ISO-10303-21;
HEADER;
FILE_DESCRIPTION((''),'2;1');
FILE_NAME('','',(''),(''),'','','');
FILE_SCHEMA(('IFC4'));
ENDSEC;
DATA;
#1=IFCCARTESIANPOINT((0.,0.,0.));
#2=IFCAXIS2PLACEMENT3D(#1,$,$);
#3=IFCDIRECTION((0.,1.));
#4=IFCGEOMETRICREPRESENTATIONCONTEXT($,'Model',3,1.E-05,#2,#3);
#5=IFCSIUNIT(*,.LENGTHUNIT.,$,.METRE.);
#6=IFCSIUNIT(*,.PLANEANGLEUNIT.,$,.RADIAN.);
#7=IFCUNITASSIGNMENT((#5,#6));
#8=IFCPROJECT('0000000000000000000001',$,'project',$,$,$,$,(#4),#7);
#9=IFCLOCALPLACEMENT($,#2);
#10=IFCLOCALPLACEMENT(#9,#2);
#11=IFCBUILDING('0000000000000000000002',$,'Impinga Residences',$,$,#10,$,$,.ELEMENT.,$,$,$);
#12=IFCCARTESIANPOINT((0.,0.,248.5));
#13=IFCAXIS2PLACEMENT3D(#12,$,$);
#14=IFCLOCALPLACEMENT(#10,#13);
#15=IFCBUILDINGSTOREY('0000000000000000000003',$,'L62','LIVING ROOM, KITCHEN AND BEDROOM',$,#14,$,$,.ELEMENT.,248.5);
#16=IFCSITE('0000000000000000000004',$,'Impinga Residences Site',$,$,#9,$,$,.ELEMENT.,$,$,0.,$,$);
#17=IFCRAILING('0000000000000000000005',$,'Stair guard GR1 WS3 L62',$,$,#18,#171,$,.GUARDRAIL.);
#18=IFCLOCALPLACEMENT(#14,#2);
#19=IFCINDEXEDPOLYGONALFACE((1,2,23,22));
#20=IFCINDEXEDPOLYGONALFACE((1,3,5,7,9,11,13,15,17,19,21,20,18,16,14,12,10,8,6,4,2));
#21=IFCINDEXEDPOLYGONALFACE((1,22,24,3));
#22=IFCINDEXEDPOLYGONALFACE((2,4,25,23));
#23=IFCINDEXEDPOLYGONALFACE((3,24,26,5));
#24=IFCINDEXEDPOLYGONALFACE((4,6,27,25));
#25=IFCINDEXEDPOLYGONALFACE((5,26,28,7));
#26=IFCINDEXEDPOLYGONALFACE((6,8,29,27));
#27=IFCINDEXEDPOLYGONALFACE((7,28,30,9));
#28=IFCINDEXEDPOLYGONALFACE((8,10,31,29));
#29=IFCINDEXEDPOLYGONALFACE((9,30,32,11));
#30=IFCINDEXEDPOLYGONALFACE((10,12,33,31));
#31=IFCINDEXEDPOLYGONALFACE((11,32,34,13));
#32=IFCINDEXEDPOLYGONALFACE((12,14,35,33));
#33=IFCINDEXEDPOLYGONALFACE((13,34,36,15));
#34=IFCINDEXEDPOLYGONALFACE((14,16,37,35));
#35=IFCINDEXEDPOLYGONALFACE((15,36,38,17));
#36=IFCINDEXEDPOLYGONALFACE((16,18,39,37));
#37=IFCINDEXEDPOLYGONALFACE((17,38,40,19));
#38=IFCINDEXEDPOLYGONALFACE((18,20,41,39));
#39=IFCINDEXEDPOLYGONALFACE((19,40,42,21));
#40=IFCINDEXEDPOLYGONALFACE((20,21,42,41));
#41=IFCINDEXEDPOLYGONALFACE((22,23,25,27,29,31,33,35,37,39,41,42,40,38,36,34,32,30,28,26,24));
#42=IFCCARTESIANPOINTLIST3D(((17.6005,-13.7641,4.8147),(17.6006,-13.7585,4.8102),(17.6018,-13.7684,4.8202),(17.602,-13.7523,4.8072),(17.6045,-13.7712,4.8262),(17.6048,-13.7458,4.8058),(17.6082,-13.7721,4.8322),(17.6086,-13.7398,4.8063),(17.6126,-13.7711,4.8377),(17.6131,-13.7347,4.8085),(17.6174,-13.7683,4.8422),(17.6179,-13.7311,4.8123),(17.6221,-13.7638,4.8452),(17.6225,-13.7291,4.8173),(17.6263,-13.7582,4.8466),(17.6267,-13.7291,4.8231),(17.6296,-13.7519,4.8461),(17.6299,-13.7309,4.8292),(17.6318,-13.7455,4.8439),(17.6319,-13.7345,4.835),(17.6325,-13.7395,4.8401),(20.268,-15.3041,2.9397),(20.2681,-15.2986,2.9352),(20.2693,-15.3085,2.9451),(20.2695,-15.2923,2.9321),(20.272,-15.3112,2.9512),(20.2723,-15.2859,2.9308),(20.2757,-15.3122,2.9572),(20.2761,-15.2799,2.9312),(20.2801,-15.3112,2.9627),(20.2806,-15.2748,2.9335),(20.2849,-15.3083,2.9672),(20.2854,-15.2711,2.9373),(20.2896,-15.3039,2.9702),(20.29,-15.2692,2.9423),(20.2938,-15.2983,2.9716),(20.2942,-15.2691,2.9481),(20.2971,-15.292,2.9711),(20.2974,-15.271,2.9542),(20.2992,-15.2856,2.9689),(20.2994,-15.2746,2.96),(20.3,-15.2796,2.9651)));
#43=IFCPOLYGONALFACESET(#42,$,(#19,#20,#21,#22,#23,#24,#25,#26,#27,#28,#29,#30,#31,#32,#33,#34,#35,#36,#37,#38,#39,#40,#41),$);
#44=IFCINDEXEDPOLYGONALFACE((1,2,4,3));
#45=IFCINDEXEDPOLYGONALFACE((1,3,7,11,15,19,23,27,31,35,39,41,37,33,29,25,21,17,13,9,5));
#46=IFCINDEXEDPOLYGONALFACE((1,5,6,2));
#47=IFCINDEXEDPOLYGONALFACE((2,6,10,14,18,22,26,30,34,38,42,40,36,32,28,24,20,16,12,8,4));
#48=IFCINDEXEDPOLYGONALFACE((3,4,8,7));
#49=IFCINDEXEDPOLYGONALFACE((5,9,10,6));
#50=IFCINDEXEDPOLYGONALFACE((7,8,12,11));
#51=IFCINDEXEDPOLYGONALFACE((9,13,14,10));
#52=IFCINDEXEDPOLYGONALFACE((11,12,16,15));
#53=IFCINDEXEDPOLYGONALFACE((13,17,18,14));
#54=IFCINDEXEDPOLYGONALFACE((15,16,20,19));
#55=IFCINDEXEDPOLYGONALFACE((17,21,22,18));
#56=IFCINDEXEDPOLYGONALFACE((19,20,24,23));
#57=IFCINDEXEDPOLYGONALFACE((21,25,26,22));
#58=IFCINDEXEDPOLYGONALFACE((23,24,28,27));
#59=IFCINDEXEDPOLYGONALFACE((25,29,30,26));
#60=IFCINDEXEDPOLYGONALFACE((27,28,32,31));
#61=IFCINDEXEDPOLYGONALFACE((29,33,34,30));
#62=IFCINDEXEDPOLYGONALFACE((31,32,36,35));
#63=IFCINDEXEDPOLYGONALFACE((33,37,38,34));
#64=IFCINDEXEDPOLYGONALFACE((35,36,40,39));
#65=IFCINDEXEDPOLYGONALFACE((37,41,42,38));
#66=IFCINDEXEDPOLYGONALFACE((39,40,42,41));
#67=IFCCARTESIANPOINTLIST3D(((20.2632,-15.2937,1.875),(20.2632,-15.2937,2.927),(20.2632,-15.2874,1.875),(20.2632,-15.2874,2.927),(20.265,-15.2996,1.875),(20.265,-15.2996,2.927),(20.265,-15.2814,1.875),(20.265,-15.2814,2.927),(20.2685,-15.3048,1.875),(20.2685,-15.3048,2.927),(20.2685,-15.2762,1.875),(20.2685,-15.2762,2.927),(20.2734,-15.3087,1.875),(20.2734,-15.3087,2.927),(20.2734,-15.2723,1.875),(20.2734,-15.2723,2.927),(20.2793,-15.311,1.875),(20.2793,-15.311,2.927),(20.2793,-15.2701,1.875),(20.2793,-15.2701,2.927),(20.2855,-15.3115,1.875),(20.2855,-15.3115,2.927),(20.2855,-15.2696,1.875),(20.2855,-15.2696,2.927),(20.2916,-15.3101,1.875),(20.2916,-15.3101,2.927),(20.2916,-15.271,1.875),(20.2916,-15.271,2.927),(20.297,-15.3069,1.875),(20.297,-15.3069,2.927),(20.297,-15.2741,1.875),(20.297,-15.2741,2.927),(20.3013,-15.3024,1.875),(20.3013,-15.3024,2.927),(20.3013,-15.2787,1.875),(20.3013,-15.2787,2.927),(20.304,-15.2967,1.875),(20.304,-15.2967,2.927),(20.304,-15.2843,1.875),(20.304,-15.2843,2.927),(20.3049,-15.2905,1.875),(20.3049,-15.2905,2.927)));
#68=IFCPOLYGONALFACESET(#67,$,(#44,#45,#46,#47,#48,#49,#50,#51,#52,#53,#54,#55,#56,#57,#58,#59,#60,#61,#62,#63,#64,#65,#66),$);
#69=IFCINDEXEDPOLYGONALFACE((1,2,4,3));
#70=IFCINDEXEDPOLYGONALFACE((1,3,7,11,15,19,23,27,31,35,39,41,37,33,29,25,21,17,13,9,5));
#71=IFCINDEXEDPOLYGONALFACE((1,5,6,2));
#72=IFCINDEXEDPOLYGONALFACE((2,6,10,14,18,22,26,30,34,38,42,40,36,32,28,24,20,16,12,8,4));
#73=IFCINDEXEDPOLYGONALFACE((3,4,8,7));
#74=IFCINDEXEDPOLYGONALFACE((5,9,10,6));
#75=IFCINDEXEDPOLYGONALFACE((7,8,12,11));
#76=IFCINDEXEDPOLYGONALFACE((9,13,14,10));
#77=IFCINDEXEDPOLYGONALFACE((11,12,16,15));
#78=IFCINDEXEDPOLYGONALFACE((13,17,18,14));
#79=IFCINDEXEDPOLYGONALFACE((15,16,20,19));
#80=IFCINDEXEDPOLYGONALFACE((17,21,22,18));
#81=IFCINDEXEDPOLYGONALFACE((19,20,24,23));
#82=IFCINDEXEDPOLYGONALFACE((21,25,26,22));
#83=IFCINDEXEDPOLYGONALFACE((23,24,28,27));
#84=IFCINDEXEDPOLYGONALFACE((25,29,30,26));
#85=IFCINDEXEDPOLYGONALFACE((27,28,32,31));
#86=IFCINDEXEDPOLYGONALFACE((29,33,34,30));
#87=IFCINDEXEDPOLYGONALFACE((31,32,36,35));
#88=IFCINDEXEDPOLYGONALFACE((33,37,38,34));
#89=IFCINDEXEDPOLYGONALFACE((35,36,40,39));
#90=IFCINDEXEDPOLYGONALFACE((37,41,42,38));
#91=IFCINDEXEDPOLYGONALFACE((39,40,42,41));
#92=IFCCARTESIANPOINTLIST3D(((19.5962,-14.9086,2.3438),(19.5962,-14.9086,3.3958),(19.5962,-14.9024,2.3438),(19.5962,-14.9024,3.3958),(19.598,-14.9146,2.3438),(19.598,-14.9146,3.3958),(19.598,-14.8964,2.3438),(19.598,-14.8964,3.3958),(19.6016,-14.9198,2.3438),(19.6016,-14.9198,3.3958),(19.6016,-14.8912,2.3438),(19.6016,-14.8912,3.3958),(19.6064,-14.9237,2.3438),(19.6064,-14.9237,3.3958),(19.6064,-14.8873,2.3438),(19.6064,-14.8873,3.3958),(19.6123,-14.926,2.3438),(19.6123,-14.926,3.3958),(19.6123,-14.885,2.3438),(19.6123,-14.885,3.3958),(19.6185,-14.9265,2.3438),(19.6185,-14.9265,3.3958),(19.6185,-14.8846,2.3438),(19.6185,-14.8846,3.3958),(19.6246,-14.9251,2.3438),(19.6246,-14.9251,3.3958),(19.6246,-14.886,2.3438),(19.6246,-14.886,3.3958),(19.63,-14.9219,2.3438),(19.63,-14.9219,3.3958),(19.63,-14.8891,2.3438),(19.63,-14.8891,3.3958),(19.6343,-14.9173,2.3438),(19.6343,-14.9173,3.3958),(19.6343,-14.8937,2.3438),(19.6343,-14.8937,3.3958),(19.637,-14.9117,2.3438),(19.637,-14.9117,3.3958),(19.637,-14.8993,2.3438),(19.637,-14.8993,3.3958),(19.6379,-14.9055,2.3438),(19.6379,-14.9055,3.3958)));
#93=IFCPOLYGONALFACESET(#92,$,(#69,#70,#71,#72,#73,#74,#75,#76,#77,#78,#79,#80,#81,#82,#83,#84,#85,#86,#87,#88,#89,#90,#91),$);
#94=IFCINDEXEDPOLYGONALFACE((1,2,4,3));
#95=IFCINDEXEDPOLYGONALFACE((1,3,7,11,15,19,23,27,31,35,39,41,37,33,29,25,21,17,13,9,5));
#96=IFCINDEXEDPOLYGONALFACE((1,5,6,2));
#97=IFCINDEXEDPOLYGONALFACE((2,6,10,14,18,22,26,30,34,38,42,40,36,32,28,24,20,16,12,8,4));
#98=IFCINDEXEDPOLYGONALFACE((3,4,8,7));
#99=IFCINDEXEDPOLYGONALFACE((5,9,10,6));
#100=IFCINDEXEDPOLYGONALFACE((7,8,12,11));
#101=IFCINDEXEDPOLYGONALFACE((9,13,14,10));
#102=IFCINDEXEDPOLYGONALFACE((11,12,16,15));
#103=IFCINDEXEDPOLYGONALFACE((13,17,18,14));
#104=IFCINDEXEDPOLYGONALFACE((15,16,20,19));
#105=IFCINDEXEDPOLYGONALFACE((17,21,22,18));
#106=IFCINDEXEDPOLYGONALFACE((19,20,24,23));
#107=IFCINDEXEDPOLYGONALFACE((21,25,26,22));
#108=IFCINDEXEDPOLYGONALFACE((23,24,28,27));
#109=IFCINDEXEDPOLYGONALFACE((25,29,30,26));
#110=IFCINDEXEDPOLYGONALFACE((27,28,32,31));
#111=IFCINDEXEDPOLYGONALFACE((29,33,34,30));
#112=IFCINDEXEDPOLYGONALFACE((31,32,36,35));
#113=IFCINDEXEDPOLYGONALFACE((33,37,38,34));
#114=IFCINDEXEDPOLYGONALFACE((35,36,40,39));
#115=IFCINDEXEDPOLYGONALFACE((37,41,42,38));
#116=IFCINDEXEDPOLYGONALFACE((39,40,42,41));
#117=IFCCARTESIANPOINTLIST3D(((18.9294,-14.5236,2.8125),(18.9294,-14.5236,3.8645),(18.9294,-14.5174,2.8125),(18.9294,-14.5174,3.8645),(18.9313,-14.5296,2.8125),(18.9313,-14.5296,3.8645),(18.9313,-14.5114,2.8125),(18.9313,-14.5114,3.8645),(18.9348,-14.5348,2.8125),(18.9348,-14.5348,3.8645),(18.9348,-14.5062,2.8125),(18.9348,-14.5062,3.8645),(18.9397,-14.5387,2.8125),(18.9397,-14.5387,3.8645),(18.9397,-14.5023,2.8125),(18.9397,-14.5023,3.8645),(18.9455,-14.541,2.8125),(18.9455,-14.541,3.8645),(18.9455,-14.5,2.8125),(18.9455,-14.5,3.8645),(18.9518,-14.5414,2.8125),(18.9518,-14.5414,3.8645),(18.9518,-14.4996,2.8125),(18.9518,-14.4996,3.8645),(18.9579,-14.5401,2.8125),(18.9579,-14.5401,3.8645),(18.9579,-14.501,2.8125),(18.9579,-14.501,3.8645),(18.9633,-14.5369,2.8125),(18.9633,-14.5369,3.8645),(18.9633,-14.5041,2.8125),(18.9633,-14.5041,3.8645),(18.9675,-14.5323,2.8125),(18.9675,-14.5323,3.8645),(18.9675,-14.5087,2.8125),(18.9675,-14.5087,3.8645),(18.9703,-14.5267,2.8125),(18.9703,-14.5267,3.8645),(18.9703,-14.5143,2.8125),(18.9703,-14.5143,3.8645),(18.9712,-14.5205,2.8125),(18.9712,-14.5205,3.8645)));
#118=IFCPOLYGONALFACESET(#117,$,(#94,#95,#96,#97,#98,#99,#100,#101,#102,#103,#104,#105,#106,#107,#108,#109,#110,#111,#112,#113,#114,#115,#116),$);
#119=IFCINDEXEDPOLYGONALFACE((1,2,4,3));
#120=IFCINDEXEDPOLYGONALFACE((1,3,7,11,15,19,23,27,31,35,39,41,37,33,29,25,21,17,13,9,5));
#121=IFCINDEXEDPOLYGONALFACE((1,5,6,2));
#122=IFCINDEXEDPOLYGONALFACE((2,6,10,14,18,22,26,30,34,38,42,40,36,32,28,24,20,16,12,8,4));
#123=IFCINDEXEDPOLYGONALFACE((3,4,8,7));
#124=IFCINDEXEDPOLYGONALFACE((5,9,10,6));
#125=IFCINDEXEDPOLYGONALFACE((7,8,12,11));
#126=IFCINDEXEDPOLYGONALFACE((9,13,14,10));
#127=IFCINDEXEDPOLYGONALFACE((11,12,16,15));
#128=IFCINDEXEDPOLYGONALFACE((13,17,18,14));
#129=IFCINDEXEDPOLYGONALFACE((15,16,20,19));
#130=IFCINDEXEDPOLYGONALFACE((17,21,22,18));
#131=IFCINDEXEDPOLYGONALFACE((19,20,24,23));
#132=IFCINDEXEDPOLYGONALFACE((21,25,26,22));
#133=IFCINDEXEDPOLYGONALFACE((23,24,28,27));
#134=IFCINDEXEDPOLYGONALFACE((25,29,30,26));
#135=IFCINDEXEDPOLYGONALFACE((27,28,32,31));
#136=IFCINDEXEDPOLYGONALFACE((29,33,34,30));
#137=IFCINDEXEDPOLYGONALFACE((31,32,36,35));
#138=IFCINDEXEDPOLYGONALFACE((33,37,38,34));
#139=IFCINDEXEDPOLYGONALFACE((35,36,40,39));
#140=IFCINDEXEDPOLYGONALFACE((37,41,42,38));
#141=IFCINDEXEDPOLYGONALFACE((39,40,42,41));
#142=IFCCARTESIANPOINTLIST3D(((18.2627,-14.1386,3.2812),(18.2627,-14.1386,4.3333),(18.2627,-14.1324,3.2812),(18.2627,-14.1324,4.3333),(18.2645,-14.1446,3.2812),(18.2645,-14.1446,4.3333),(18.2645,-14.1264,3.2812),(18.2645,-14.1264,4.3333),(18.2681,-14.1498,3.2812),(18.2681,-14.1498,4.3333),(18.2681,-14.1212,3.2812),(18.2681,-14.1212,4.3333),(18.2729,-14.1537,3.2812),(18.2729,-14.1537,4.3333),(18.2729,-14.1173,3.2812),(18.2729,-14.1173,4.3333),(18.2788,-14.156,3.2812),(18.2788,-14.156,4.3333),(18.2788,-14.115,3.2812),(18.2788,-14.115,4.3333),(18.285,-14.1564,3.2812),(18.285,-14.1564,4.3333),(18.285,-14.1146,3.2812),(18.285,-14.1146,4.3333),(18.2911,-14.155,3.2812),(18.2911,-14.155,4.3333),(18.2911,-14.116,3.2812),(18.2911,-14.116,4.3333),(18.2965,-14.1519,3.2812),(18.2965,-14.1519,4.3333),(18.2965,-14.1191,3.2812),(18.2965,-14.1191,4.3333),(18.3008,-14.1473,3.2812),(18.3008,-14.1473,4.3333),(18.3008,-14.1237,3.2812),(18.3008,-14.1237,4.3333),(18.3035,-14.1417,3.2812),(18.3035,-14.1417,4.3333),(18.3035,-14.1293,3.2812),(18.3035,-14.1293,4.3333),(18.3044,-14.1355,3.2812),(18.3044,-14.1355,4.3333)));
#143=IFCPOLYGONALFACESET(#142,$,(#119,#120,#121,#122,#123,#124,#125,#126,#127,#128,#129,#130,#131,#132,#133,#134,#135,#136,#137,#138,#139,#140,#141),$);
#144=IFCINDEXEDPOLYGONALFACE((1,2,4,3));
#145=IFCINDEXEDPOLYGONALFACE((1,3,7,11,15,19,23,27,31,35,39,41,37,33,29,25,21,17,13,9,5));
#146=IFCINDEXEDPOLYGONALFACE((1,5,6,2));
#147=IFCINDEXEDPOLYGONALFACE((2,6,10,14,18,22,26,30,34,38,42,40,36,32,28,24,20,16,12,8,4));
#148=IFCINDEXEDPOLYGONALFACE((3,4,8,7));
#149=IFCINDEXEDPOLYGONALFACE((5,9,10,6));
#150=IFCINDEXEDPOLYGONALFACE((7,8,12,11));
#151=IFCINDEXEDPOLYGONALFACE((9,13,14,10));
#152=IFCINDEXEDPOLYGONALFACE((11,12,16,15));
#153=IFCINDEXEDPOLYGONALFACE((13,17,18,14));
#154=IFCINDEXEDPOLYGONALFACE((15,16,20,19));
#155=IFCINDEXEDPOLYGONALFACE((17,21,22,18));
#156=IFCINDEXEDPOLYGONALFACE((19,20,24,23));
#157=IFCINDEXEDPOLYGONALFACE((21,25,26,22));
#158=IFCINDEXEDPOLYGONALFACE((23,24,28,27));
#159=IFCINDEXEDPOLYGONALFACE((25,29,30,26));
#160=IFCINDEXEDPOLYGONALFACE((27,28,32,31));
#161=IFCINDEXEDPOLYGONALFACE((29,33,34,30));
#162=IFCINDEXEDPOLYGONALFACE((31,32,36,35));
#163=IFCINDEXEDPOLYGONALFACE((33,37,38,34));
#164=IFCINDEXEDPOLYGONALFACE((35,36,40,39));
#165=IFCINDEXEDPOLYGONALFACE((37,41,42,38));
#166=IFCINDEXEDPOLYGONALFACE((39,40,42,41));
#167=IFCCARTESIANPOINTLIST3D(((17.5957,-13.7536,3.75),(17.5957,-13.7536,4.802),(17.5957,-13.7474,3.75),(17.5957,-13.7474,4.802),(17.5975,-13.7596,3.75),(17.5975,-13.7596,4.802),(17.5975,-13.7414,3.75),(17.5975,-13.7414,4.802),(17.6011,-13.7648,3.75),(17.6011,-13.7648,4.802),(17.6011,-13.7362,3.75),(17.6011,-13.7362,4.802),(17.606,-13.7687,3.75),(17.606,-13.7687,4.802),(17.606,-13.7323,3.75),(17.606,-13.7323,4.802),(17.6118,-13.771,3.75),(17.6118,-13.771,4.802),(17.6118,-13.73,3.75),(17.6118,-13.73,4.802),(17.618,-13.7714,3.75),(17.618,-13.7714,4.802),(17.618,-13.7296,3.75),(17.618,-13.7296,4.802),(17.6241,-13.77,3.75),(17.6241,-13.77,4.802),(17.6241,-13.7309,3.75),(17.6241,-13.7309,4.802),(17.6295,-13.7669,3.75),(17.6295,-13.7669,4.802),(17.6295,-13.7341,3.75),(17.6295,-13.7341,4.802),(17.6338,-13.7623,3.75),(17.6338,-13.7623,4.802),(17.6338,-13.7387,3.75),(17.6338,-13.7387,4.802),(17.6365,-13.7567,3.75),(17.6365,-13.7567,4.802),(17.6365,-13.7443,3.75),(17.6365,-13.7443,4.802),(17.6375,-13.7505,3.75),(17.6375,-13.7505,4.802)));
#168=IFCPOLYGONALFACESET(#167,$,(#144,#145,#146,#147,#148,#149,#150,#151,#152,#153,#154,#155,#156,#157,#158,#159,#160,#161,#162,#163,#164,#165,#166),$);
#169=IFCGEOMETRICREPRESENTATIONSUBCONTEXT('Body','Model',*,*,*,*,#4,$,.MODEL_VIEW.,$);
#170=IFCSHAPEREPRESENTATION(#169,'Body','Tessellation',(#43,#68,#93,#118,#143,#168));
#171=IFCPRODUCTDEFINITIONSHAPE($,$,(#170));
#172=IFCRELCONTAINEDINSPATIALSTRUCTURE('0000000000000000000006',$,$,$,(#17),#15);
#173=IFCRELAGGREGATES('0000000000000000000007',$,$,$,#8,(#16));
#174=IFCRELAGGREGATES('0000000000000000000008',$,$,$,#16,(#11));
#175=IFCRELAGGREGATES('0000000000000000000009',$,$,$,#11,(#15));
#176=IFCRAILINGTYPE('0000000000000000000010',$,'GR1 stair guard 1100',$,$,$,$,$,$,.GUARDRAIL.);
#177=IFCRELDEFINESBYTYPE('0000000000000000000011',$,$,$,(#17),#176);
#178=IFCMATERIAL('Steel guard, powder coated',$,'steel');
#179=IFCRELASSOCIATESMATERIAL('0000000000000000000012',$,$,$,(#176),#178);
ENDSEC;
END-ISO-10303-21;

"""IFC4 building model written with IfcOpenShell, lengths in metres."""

from ifc_helpers import new_model, si_unit, direction, frame, origin, origin_2d, place, context, subcontext, project, spatial, circle, extrude, material, type_object, element, save


model = new_model("IFC4")

# Units and contexts
model_context = context("Model", 3, precision=1e-05, world=origin(), true_north=direction((0.0, 1.0)))
body_context = subcontext(model_context, "Body", "Model", "MODEL_VIEW")
ifc_project = project(units=[si_unit("LENGTHUNIT", "METRE"), si_unit("PLANEANGLEUNIT", "RADIAN")], contexts=[model_context])

# Site, building, storey
site_placement = place(None, origin())
site = spatial("IfcSite", under=ifc_project, at=site_placement, Name="Impinga Residences Site", CompositionType="ELEMENT", RefElevation=0.0)
building_placement = place(site_placement, origin())
building = spatial("IfcBuilding", under=site, at=building_placement, Name="Impinga Residences", CompositionType="ELEMENT")
storey_placement = place(building_placement, frame((0.0, 0.0, 248.5)))
storey = spatial("IfcBuildingStorey", under=building, at=storey_placement, Name="L62", Description="LIVING ROOM, KITCHEN AND BEDROOM", CompositionType="ELEMENT", Elevation=248.5)

# Railing
ifc_material_1 = material(Name="Steel guard, powder coated", Category="steel")
railing_type_1 = type_object("IfcRailingType", Name="GR1 stair guard 1100", PredefinedType="GUARDRAIL", material=ifc_material_1)
railing_1_placement = place(storey_placement, frame((20.2839, -15.2905, 1.875)))
element("IfcRailing", 1, at=railing_1_placement, inside=storey, type_object=railing_type_1, Name="Stair guard GR1 WS3 L62", PredefinedType="GUARDRAIL", context=body_context, shape_type="SweptSolid", body=[
    extrude(circle(Radius=0.0239, at=origin_2d()), frame((0.0, 0.0, 1.0762), z_axis=(-0.739746, 0.427084, 0.519975), x_axis=(-0.499992, -0.86603, 0.0)), (0.0, 0.0, 1.0), 3.606),
    extrude(circle(Radius=0.021, at=origin_2d()), origin(), (0.0, 0.0, 1.0), 1.052),
    extrude(circle(Radius=0.021, at=origin_2d()), frame((-0.667, 0.385, 0.4688)), (0.0, 0.0, 1.0), 1.052),
    extrude(circle(Radius=0.021, at=origin_2d()), frame((-1.3337, 0.77, 0.9375)), (0.0, 0.0, 1.0), 1.052),
    extrude(circle(Radius=0.021, at=origin_2d()), frame((-2.0005, 1.155, 1.4062)), (0.0, 0.0, 1.0), 1.052),
    extrude(circle(Radius=0.021, at=origin_2d()), frame((-2.6675, 1.54, 1.875)), (0.0, 0.0, 1.0), 1.052),
])

save(model, "model.ifc")
